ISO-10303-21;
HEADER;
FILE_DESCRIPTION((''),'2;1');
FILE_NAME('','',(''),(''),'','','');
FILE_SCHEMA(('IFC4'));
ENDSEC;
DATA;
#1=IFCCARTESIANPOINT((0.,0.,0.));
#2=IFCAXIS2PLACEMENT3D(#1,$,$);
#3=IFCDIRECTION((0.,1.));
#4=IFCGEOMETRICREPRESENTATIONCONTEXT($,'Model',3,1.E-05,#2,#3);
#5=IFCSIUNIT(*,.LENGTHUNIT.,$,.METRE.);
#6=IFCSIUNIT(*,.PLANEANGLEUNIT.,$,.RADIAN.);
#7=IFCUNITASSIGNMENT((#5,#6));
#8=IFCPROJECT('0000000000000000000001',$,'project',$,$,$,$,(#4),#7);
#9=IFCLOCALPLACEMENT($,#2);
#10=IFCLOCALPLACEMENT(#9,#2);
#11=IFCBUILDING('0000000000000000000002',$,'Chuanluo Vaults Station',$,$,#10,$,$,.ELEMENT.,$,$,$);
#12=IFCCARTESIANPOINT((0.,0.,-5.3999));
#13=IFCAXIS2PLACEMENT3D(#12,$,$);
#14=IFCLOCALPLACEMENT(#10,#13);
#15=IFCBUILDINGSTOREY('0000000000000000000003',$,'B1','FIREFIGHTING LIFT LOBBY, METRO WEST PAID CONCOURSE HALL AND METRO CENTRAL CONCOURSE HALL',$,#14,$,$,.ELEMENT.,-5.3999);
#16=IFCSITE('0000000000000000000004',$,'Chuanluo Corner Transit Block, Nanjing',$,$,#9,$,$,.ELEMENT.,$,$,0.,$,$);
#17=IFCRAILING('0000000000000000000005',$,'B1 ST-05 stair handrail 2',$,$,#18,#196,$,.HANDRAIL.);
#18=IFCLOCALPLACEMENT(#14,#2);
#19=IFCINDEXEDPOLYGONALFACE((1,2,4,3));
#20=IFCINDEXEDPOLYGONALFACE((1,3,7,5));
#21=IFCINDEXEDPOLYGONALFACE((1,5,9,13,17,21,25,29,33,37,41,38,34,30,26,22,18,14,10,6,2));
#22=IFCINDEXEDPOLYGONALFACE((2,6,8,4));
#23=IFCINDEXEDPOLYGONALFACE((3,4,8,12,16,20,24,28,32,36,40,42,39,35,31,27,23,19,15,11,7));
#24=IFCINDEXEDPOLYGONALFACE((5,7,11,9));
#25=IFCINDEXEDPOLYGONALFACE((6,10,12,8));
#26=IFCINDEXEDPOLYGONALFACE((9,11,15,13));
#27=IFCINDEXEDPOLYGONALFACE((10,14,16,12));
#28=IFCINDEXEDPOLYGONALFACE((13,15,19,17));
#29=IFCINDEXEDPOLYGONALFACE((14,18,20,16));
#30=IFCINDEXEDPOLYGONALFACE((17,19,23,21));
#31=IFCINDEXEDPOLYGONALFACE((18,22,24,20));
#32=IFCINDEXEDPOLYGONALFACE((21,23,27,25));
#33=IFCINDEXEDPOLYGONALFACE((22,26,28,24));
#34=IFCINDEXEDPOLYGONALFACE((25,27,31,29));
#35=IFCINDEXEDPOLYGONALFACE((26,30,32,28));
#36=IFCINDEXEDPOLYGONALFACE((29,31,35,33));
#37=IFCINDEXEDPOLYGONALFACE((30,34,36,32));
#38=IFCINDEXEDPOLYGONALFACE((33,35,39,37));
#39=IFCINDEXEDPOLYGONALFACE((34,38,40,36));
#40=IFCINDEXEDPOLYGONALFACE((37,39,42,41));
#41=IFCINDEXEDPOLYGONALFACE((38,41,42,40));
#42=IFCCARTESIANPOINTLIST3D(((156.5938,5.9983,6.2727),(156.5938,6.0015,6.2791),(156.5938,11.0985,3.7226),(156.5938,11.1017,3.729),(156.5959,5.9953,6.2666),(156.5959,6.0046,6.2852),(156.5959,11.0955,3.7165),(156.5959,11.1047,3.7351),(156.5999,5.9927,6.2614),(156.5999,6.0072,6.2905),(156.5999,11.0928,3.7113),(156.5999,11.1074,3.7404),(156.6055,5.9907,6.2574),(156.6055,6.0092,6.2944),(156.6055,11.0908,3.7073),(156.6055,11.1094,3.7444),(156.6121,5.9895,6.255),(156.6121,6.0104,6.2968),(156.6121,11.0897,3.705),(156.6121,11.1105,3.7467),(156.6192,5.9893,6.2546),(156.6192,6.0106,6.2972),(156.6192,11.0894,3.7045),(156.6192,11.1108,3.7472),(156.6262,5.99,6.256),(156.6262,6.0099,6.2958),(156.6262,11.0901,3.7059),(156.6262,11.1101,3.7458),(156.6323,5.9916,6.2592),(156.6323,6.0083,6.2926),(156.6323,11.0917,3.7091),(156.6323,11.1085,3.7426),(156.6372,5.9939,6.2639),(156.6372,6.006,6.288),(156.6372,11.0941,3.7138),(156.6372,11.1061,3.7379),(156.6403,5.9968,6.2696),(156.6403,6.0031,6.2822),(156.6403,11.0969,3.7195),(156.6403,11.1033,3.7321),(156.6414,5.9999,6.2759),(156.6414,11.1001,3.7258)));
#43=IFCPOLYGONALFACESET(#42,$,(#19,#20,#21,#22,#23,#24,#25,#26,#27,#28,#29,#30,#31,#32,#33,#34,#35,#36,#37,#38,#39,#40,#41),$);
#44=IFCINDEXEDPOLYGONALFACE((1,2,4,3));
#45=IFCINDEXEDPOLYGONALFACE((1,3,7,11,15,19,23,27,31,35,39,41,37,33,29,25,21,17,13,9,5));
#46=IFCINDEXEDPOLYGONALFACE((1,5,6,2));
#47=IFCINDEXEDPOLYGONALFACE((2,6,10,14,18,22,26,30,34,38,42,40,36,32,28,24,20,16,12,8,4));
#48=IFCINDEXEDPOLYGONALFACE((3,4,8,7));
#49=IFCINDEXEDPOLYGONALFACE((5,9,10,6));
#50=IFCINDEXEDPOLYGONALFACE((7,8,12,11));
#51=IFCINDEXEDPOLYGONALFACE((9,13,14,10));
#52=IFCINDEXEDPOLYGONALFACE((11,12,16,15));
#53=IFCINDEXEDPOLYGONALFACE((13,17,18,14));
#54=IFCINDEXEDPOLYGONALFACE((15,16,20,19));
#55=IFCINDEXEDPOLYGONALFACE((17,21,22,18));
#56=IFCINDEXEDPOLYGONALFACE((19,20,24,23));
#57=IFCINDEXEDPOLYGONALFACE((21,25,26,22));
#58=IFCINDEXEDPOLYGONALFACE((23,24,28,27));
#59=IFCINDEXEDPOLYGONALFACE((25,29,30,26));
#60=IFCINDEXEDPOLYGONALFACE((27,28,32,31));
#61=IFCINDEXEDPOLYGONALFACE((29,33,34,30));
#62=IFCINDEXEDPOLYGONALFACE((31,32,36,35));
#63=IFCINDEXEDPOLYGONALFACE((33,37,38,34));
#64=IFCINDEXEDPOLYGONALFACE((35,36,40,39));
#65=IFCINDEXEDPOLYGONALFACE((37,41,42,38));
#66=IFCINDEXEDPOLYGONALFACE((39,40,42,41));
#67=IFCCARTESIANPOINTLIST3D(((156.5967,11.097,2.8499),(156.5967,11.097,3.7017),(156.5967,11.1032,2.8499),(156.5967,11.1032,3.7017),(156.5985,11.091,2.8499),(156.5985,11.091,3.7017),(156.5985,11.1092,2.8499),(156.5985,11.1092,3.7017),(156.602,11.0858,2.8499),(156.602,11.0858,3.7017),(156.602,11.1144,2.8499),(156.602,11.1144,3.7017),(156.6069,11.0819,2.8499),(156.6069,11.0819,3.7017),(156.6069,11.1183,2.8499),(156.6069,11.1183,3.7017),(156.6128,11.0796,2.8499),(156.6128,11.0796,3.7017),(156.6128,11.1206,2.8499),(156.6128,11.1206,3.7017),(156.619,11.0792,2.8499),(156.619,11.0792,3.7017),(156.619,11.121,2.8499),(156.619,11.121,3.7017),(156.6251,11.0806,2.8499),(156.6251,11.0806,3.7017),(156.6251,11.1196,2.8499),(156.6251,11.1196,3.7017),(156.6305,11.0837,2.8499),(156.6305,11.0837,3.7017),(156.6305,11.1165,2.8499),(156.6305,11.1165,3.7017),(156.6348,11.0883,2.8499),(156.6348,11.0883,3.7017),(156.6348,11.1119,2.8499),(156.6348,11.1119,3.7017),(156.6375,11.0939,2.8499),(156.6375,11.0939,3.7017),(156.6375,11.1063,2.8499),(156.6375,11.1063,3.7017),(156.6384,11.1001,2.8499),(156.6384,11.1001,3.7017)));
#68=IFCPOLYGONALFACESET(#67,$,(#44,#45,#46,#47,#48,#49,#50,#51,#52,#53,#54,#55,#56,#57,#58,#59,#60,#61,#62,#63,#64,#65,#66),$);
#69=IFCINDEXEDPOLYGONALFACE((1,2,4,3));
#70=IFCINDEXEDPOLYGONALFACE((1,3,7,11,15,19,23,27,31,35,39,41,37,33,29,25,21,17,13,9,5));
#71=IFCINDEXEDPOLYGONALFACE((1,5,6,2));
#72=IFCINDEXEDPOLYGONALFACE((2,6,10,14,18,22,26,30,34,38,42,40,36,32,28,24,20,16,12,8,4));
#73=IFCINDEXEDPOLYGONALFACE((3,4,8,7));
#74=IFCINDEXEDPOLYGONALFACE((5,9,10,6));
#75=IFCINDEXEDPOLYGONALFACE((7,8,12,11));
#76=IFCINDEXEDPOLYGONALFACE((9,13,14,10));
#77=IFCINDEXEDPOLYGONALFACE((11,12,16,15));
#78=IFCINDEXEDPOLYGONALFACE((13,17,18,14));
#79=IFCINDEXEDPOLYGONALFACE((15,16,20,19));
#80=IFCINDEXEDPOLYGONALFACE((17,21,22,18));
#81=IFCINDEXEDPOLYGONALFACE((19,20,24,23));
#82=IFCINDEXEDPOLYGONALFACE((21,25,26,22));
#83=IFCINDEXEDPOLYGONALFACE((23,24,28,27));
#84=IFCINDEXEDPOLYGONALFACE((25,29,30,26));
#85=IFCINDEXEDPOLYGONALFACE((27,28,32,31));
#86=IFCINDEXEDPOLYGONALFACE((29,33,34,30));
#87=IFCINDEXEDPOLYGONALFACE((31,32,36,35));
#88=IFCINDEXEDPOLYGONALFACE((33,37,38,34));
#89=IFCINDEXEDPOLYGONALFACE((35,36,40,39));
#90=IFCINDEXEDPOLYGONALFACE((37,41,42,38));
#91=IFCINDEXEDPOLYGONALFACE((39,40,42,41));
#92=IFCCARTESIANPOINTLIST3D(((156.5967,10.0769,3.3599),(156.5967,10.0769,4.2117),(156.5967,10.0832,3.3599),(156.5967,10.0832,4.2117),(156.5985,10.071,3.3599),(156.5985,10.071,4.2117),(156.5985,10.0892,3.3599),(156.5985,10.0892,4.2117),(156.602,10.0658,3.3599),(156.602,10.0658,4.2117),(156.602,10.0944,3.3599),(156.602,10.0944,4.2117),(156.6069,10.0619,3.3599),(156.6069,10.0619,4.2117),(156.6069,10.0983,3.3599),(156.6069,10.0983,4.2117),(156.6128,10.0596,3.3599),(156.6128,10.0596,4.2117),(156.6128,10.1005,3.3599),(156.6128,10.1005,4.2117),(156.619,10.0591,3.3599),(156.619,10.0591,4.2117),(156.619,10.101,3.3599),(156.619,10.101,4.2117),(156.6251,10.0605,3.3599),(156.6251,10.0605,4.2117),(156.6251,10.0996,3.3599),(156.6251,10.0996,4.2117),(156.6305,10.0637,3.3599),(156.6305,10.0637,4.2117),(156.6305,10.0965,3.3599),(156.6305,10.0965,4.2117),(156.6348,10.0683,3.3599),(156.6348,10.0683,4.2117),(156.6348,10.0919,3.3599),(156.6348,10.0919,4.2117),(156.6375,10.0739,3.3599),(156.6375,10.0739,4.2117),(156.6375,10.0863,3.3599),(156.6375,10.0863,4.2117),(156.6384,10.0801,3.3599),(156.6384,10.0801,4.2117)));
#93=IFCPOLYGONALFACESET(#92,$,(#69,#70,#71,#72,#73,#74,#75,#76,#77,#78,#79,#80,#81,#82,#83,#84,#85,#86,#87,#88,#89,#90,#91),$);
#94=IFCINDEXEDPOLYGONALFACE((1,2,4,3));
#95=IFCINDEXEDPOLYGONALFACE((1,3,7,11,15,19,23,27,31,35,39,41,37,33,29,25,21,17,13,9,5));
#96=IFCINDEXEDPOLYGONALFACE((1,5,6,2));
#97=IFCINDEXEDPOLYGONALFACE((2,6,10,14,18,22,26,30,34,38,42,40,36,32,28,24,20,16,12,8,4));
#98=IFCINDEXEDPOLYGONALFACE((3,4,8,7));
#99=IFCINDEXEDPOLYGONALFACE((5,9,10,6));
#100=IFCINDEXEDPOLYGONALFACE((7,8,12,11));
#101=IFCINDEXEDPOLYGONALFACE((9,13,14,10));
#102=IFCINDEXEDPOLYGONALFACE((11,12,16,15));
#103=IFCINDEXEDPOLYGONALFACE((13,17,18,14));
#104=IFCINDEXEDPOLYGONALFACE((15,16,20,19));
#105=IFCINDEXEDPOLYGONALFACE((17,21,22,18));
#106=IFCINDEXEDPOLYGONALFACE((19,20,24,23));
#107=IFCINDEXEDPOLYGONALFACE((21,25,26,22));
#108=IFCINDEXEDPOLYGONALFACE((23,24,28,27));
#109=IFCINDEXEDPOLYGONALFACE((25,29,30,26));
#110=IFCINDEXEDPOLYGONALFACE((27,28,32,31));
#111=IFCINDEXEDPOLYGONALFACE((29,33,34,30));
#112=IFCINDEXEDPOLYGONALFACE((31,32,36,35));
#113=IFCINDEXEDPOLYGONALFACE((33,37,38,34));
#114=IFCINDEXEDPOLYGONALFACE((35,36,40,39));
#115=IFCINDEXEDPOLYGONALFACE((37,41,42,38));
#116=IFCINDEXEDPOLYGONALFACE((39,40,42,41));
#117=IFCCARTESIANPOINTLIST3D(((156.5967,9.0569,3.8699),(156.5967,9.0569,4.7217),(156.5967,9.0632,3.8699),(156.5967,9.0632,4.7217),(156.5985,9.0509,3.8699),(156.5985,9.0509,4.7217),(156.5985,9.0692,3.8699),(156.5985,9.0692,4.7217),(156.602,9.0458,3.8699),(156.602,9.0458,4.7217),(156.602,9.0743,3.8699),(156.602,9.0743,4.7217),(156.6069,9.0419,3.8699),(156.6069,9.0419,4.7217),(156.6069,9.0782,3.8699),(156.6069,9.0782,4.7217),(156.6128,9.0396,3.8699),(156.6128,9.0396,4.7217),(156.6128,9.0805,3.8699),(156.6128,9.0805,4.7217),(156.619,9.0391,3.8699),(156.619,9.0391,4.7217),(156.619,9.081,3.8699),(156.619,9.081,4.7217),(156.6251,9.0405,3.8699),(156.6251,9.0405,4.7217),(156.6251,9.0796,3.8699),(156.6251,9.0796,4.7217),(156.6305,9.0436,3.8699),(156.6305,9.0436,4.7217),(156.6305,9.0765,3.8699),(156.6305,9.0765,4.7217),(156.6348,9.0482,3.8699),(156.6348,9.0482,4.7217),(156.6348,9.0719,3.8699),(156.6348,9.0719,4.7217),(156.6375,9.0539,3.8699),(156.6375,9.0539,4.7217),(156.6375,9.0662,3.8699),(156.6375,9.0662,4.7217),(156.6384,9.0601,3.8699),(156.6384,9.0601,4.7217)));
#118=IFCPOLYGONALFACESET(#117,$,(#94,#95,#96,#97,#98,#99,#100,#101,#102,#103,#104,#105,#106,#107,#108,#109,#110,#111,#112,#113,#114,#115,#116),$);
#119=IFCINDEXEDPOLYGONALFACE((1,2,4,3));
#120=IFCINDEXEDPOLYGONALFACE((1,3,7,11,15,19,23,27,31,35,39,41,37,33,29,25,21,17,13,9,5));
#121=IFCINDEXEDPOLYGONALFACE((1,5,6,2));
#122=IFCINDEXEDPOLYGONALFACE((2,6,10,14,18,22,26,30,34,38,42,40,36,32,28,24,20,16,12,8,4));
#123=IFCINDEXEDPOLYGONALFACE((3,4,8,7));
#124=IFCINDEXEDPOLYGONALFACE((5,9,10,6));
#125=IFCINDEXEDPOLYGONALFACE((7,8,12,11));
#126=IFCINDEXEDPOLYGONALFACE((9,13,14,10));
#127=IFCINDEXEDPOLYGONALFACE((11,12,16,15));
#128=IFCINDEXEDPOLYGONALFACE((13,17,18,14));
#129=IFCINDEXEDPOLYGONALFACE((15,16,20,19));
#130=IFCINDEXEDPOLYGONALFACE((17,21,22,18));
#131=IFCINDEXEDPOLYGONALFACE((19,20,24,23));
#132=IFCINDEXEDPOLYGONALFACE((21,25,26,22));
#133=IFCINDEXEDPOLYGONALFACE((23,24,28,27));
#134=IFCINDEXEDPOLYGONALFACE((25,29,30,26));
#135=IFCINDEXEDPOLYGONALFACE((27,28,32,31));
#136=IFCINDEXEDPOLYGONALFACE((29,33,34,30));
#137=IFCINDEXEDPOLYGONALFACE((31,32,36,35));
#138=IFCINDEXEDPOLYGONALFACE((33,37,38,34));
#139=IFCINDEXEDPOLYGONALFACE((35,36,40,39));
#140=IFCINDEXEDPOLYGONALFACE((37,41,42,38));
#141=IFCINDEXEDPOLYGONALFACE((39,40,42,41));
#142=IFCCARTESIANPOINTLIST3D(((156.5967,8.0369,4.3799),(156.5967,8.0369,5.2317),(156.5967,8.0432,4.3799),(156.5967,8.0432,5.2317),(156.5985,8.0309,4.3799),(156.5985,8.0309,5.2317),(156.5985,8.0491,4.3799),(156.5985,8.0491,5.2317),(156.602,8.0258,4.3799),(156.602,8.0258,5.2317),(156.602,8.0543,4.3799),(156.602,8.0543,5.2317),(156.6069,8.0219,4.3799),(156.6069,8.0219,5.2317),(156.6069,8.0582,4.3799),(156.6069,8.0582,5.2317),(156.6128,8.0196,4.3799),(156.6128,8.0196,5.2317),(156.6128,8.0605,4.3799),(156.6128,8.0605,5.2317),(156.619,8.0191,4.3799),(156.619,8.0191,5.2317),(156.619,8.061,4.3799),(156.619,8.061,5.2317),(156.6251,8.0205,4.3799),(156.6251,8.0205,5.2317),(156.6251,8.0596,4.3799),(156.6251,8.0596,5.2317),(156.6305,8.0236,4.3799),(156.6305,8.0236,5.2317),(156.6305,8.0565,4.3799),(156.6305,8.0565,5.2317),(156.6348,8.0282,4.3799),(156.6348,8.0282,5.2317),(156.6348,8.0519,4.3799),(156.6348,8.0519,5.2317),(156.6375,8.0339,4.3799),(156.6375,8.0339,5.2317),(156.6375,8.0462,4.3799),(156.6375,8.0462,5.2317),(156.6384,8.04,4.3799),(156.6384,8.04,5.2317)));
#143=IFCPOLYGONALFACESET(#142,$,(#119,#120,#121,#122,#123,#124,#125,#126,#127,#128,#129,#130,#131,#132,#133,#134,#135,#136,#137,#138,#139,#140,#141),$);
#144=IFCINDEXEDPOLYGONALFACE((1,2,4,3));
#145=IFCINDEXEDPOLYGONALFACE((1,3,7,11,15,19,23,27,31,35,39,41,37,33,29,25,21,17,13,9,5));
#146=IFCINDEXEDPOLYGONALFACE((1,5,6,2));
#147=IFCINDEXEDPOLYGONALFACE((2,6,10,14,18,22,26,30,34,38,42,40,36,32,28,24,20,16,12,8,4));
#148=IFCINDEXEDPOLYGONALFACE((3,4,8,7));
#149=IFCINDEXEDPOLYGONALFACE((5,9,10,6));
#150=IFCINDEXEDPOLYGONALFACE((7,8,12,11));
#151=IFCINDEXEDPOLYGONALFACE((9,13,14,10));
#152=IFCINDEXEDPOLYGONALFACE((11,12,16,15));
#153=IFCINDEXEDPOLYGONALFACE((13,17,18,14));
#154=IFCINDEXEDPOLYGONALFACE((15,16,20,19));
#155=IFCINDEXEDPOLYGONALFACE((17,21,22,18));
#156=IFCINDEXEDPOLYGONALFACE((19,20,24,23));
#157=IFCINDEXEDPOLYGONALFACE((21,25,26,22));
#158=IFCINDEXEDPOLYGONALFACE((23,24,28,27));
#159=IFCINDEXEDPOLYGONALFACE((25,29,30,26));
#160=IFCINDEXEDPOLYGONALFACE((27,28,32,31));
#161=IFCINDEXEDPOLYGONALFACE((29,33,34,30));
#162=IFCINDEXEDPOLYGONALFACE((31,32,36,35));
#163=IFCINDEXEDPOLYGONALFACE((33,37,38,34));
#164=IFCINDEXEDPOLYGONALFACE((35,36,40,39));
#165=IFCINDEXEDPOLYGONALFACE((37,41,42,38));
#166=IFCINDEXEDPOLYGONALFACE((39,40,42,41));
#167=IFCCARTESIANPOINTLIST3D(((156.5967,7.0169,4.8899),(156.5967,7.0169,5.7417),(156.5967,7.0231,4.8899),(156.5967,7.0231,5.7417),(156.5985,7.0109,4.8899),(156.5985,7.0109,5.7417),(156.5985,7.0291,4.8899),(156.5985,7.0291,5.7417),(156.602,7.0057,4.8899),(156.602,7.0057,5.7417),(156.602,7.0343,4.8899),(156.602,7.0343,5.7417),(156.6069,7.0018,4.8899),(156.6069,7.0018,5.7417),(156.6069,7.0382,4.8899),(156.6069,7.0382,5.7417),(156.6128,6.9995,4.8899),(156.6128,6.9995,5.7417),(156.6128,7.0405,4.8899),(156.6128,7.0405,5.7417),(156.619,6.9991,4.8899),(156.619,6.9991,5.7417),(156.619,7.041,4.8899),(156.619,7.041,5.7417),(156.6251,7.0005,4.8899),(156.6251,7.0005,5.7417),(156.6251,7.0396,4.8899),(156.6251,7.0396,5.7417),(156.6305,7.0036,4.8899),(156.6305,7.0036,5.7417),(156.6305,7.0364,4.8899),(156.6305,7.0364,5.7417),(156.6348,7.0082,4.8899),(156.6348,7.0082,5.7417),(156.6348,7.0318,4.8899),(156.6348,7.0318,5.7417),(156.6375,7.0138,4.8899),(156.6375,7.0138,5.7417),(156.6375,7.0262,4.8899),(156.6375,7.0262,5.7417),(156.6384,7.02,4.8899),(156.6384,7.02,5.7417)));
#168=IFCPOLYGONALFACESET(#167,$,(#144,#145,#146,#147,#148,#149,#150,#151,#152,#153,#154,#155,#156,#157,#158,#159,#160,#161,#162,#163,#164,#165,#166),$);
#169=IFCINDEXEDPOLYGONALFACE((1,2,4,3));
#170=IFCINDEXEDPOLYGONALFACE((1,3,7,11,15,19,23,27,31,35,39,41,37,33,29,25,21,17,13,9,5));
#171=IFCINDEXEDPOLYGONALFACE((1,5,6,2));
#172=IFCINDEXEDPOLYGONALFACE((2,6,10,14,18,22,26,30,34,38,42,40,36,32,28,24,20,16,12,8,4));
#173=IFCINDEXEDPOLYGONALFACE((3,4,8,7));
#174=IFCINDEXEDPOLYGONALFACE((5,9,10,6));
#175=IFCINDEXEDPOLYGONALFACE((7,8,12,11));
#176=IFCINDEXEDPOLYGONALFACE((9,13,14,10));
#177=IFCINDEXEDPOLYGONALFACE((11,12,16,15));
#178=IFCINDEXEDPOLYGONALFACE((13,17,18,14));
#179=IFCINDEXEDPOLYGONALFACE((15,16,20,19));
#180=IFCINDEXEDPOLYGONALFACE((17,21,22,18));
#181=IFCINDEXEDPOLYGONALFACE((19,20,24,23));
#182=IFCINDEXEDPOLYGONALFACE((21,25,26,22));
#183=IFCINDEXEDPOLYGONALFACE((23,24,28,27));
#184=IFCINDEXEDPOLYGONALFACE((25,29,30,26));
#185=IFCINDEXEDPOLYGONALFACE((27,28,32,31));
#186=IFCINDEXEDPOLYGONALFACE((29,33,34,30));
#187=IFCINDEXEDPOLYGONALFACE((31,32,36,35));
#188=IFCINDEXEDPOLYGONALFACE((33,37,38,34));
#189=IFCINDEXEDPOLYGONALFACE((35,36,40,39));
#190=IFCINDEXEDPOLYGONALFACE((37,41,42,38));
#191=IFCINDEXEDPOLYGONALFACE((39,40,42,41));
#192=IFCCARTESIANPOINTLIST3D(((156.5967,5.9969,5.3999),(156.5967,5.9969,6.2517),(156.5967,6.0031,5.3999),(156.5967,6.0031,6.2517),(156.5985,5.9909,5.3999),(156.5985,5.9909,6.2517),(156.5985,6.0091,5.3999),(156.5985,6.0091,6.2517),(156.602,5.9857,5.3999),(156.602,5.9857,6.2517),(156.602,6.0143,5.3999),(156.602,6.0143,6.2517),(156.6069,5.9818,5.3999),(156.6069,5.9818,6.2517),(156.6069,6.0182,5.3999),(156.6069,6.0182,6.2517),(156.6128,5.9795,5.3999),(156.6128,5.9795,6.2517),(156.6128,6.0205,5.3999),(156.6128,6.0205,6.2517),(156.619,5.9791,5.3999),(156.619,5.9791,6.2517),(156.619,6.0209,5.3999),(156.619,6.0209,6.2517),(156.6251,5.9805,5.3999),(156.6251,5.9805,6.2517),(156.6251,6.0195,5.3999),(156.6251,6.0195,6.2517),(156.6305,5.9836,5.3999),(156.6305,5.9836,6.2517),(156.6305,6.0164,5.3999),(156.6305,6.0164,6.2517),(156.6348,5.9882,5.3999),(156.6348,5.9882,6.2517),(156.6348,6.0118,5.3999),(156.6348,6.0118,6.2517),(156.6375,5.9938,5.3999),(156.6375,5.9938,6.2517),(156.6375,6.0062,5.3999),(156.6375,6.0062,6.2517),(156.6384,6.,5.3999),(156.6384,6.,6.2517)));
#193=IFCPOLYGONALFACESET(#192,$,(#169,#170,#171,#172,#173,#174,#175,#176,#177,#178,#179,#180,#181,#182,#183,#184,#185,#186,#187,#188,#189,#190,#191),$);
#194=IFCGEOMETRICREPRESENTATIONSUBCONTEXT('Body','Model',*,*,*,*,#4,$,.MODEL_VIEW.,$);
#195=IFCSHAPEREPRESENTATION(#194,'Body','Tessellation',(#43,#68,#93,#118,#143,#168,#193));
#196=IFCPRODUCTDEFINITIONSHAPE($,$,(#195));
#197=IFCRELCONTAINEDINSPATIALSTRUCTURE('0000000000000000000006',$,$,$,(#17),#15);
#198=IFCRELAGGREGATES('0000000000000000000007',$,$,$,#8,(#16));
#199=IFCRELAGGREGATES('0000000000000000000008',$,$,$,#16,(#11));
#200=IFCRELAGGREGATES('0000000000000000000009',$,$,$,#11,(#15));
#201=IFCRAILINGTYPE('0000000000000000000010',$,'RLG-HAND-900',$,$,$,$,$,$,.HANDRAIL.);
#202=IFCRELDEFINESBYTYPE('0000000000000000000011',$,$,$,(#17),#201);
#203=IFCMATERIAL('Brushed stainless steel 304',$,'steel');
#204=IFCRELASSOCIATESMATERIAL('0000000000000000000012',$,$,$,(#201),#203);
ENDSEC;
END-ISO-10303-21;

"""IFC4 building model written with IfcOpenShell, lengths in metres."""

from ifc_helpers import new_model, si_unit, direction, frame, origin, origin_2d, place, context, subcontext, project, spatial, circle, extrude, material, type_object, element, save


model = new_model("IFC4")

# Units and contexts
model_context = context("Model", 3, precision=1e-05, world=origin(), true_north=direction((0.0, 1.0)))
body_context = subcontext(model_context, "Body", "Model", "MODEL_VIEW")
ifc_project = project(units=[si_unit("LENGTHUNIT", "METRE"), si_unit("PLANEANGLEUNIT", "RADIAN")], contexts=[model_context])

# Site, building, storey
site_placement = place(None, origin())
site = spatial("IfcSite", under=ifc_project, at=site_placement, Name="Chuanluo Corner Transit Block, Nanjing", CompositionType="ELEMENT", RefElevation=0.0)
building_placement = place(site_placement, origin())
building = spatial("IfcBuilding", under=site, at=building_placement, Name="Chuanluo Vaults Station", CompositionType="ELEMENT")
storey_placement = place(building_placement, frame((0.0, 0.0, -5.3999)))
storey = spatial("IfcBuildingStorey", under=building, at=storey_placement, Name="B1", Description="FIREFIGHTING LIFT LOBBY, METRO WEST PAID CONCOURSE HALL AND METRO CENTRAL CONCOURSE HALL", CompositionType="ELEMENT", Elevation=-5.3999)

# Railing
ifc_material_1 = material(Name="Brushed stainless steel 304", Category="steel")
railing_type_1 = type_object("IfcRailingType", Name="RLG-HAND-900", PredefinedType="HANDRAIL", material=ifc_material_1)
railing_1_placement = place(storey_placement, frame((156.6174, 11.1001, 2.8499)))
element("IfcRailing", 1, at=railing_1_placement, inside=storey, type_object=railing_type_1, Name="B1 ST-05 stair handrail 2", PredefinedType="HANDRAIL", context=body_context, shape_type="SweptSolid", body=[
    extrude(circle(Radius=0.0239, at=origin_2d()), frame((0.0, 0.0, 0.876), z_axis=(0.0, -0.894427, 0.447214), x_axis=(1.0, 0.0, 0.0)), (0.0, 0.0, 1.0), 5.7021),
    extrude(circle(Radius=0.021, at=origin_2d()), origin(), (0.0, 0.0, 1.0), 0.8518),
    extrude(circle(Radius=0.021, at=origin_2d()), frame((0.0, -1.02, 0.51)), (0.0, 0.0, 1.0), 0.8518),
    extrude(circle(Radius=0.021, at=origin_2d()), frame((0.0, -2.04, 1.02)), (0.0, 0.0, 1.0), 0.8518),
    extrude(circle(Radius=0.021, at=origin_2d()), frame((0.0, -3.0601, 1.53)), (0.0, 0.0, 1.0), 0.8518),
    extrude(circle(Radius=0.021, at=origin_2d()), frame((0.0, -4.0801, 2.04)), (0.0, 0.0, 1.0), 0.8518),
    extrude(circle(Radius=0.021, at=origin_2d()), frame((0.0, -5.1001, 2.55)), (0.0, 0.0, 1.0), 0.8518),
])

save(model, "model.ifc")
